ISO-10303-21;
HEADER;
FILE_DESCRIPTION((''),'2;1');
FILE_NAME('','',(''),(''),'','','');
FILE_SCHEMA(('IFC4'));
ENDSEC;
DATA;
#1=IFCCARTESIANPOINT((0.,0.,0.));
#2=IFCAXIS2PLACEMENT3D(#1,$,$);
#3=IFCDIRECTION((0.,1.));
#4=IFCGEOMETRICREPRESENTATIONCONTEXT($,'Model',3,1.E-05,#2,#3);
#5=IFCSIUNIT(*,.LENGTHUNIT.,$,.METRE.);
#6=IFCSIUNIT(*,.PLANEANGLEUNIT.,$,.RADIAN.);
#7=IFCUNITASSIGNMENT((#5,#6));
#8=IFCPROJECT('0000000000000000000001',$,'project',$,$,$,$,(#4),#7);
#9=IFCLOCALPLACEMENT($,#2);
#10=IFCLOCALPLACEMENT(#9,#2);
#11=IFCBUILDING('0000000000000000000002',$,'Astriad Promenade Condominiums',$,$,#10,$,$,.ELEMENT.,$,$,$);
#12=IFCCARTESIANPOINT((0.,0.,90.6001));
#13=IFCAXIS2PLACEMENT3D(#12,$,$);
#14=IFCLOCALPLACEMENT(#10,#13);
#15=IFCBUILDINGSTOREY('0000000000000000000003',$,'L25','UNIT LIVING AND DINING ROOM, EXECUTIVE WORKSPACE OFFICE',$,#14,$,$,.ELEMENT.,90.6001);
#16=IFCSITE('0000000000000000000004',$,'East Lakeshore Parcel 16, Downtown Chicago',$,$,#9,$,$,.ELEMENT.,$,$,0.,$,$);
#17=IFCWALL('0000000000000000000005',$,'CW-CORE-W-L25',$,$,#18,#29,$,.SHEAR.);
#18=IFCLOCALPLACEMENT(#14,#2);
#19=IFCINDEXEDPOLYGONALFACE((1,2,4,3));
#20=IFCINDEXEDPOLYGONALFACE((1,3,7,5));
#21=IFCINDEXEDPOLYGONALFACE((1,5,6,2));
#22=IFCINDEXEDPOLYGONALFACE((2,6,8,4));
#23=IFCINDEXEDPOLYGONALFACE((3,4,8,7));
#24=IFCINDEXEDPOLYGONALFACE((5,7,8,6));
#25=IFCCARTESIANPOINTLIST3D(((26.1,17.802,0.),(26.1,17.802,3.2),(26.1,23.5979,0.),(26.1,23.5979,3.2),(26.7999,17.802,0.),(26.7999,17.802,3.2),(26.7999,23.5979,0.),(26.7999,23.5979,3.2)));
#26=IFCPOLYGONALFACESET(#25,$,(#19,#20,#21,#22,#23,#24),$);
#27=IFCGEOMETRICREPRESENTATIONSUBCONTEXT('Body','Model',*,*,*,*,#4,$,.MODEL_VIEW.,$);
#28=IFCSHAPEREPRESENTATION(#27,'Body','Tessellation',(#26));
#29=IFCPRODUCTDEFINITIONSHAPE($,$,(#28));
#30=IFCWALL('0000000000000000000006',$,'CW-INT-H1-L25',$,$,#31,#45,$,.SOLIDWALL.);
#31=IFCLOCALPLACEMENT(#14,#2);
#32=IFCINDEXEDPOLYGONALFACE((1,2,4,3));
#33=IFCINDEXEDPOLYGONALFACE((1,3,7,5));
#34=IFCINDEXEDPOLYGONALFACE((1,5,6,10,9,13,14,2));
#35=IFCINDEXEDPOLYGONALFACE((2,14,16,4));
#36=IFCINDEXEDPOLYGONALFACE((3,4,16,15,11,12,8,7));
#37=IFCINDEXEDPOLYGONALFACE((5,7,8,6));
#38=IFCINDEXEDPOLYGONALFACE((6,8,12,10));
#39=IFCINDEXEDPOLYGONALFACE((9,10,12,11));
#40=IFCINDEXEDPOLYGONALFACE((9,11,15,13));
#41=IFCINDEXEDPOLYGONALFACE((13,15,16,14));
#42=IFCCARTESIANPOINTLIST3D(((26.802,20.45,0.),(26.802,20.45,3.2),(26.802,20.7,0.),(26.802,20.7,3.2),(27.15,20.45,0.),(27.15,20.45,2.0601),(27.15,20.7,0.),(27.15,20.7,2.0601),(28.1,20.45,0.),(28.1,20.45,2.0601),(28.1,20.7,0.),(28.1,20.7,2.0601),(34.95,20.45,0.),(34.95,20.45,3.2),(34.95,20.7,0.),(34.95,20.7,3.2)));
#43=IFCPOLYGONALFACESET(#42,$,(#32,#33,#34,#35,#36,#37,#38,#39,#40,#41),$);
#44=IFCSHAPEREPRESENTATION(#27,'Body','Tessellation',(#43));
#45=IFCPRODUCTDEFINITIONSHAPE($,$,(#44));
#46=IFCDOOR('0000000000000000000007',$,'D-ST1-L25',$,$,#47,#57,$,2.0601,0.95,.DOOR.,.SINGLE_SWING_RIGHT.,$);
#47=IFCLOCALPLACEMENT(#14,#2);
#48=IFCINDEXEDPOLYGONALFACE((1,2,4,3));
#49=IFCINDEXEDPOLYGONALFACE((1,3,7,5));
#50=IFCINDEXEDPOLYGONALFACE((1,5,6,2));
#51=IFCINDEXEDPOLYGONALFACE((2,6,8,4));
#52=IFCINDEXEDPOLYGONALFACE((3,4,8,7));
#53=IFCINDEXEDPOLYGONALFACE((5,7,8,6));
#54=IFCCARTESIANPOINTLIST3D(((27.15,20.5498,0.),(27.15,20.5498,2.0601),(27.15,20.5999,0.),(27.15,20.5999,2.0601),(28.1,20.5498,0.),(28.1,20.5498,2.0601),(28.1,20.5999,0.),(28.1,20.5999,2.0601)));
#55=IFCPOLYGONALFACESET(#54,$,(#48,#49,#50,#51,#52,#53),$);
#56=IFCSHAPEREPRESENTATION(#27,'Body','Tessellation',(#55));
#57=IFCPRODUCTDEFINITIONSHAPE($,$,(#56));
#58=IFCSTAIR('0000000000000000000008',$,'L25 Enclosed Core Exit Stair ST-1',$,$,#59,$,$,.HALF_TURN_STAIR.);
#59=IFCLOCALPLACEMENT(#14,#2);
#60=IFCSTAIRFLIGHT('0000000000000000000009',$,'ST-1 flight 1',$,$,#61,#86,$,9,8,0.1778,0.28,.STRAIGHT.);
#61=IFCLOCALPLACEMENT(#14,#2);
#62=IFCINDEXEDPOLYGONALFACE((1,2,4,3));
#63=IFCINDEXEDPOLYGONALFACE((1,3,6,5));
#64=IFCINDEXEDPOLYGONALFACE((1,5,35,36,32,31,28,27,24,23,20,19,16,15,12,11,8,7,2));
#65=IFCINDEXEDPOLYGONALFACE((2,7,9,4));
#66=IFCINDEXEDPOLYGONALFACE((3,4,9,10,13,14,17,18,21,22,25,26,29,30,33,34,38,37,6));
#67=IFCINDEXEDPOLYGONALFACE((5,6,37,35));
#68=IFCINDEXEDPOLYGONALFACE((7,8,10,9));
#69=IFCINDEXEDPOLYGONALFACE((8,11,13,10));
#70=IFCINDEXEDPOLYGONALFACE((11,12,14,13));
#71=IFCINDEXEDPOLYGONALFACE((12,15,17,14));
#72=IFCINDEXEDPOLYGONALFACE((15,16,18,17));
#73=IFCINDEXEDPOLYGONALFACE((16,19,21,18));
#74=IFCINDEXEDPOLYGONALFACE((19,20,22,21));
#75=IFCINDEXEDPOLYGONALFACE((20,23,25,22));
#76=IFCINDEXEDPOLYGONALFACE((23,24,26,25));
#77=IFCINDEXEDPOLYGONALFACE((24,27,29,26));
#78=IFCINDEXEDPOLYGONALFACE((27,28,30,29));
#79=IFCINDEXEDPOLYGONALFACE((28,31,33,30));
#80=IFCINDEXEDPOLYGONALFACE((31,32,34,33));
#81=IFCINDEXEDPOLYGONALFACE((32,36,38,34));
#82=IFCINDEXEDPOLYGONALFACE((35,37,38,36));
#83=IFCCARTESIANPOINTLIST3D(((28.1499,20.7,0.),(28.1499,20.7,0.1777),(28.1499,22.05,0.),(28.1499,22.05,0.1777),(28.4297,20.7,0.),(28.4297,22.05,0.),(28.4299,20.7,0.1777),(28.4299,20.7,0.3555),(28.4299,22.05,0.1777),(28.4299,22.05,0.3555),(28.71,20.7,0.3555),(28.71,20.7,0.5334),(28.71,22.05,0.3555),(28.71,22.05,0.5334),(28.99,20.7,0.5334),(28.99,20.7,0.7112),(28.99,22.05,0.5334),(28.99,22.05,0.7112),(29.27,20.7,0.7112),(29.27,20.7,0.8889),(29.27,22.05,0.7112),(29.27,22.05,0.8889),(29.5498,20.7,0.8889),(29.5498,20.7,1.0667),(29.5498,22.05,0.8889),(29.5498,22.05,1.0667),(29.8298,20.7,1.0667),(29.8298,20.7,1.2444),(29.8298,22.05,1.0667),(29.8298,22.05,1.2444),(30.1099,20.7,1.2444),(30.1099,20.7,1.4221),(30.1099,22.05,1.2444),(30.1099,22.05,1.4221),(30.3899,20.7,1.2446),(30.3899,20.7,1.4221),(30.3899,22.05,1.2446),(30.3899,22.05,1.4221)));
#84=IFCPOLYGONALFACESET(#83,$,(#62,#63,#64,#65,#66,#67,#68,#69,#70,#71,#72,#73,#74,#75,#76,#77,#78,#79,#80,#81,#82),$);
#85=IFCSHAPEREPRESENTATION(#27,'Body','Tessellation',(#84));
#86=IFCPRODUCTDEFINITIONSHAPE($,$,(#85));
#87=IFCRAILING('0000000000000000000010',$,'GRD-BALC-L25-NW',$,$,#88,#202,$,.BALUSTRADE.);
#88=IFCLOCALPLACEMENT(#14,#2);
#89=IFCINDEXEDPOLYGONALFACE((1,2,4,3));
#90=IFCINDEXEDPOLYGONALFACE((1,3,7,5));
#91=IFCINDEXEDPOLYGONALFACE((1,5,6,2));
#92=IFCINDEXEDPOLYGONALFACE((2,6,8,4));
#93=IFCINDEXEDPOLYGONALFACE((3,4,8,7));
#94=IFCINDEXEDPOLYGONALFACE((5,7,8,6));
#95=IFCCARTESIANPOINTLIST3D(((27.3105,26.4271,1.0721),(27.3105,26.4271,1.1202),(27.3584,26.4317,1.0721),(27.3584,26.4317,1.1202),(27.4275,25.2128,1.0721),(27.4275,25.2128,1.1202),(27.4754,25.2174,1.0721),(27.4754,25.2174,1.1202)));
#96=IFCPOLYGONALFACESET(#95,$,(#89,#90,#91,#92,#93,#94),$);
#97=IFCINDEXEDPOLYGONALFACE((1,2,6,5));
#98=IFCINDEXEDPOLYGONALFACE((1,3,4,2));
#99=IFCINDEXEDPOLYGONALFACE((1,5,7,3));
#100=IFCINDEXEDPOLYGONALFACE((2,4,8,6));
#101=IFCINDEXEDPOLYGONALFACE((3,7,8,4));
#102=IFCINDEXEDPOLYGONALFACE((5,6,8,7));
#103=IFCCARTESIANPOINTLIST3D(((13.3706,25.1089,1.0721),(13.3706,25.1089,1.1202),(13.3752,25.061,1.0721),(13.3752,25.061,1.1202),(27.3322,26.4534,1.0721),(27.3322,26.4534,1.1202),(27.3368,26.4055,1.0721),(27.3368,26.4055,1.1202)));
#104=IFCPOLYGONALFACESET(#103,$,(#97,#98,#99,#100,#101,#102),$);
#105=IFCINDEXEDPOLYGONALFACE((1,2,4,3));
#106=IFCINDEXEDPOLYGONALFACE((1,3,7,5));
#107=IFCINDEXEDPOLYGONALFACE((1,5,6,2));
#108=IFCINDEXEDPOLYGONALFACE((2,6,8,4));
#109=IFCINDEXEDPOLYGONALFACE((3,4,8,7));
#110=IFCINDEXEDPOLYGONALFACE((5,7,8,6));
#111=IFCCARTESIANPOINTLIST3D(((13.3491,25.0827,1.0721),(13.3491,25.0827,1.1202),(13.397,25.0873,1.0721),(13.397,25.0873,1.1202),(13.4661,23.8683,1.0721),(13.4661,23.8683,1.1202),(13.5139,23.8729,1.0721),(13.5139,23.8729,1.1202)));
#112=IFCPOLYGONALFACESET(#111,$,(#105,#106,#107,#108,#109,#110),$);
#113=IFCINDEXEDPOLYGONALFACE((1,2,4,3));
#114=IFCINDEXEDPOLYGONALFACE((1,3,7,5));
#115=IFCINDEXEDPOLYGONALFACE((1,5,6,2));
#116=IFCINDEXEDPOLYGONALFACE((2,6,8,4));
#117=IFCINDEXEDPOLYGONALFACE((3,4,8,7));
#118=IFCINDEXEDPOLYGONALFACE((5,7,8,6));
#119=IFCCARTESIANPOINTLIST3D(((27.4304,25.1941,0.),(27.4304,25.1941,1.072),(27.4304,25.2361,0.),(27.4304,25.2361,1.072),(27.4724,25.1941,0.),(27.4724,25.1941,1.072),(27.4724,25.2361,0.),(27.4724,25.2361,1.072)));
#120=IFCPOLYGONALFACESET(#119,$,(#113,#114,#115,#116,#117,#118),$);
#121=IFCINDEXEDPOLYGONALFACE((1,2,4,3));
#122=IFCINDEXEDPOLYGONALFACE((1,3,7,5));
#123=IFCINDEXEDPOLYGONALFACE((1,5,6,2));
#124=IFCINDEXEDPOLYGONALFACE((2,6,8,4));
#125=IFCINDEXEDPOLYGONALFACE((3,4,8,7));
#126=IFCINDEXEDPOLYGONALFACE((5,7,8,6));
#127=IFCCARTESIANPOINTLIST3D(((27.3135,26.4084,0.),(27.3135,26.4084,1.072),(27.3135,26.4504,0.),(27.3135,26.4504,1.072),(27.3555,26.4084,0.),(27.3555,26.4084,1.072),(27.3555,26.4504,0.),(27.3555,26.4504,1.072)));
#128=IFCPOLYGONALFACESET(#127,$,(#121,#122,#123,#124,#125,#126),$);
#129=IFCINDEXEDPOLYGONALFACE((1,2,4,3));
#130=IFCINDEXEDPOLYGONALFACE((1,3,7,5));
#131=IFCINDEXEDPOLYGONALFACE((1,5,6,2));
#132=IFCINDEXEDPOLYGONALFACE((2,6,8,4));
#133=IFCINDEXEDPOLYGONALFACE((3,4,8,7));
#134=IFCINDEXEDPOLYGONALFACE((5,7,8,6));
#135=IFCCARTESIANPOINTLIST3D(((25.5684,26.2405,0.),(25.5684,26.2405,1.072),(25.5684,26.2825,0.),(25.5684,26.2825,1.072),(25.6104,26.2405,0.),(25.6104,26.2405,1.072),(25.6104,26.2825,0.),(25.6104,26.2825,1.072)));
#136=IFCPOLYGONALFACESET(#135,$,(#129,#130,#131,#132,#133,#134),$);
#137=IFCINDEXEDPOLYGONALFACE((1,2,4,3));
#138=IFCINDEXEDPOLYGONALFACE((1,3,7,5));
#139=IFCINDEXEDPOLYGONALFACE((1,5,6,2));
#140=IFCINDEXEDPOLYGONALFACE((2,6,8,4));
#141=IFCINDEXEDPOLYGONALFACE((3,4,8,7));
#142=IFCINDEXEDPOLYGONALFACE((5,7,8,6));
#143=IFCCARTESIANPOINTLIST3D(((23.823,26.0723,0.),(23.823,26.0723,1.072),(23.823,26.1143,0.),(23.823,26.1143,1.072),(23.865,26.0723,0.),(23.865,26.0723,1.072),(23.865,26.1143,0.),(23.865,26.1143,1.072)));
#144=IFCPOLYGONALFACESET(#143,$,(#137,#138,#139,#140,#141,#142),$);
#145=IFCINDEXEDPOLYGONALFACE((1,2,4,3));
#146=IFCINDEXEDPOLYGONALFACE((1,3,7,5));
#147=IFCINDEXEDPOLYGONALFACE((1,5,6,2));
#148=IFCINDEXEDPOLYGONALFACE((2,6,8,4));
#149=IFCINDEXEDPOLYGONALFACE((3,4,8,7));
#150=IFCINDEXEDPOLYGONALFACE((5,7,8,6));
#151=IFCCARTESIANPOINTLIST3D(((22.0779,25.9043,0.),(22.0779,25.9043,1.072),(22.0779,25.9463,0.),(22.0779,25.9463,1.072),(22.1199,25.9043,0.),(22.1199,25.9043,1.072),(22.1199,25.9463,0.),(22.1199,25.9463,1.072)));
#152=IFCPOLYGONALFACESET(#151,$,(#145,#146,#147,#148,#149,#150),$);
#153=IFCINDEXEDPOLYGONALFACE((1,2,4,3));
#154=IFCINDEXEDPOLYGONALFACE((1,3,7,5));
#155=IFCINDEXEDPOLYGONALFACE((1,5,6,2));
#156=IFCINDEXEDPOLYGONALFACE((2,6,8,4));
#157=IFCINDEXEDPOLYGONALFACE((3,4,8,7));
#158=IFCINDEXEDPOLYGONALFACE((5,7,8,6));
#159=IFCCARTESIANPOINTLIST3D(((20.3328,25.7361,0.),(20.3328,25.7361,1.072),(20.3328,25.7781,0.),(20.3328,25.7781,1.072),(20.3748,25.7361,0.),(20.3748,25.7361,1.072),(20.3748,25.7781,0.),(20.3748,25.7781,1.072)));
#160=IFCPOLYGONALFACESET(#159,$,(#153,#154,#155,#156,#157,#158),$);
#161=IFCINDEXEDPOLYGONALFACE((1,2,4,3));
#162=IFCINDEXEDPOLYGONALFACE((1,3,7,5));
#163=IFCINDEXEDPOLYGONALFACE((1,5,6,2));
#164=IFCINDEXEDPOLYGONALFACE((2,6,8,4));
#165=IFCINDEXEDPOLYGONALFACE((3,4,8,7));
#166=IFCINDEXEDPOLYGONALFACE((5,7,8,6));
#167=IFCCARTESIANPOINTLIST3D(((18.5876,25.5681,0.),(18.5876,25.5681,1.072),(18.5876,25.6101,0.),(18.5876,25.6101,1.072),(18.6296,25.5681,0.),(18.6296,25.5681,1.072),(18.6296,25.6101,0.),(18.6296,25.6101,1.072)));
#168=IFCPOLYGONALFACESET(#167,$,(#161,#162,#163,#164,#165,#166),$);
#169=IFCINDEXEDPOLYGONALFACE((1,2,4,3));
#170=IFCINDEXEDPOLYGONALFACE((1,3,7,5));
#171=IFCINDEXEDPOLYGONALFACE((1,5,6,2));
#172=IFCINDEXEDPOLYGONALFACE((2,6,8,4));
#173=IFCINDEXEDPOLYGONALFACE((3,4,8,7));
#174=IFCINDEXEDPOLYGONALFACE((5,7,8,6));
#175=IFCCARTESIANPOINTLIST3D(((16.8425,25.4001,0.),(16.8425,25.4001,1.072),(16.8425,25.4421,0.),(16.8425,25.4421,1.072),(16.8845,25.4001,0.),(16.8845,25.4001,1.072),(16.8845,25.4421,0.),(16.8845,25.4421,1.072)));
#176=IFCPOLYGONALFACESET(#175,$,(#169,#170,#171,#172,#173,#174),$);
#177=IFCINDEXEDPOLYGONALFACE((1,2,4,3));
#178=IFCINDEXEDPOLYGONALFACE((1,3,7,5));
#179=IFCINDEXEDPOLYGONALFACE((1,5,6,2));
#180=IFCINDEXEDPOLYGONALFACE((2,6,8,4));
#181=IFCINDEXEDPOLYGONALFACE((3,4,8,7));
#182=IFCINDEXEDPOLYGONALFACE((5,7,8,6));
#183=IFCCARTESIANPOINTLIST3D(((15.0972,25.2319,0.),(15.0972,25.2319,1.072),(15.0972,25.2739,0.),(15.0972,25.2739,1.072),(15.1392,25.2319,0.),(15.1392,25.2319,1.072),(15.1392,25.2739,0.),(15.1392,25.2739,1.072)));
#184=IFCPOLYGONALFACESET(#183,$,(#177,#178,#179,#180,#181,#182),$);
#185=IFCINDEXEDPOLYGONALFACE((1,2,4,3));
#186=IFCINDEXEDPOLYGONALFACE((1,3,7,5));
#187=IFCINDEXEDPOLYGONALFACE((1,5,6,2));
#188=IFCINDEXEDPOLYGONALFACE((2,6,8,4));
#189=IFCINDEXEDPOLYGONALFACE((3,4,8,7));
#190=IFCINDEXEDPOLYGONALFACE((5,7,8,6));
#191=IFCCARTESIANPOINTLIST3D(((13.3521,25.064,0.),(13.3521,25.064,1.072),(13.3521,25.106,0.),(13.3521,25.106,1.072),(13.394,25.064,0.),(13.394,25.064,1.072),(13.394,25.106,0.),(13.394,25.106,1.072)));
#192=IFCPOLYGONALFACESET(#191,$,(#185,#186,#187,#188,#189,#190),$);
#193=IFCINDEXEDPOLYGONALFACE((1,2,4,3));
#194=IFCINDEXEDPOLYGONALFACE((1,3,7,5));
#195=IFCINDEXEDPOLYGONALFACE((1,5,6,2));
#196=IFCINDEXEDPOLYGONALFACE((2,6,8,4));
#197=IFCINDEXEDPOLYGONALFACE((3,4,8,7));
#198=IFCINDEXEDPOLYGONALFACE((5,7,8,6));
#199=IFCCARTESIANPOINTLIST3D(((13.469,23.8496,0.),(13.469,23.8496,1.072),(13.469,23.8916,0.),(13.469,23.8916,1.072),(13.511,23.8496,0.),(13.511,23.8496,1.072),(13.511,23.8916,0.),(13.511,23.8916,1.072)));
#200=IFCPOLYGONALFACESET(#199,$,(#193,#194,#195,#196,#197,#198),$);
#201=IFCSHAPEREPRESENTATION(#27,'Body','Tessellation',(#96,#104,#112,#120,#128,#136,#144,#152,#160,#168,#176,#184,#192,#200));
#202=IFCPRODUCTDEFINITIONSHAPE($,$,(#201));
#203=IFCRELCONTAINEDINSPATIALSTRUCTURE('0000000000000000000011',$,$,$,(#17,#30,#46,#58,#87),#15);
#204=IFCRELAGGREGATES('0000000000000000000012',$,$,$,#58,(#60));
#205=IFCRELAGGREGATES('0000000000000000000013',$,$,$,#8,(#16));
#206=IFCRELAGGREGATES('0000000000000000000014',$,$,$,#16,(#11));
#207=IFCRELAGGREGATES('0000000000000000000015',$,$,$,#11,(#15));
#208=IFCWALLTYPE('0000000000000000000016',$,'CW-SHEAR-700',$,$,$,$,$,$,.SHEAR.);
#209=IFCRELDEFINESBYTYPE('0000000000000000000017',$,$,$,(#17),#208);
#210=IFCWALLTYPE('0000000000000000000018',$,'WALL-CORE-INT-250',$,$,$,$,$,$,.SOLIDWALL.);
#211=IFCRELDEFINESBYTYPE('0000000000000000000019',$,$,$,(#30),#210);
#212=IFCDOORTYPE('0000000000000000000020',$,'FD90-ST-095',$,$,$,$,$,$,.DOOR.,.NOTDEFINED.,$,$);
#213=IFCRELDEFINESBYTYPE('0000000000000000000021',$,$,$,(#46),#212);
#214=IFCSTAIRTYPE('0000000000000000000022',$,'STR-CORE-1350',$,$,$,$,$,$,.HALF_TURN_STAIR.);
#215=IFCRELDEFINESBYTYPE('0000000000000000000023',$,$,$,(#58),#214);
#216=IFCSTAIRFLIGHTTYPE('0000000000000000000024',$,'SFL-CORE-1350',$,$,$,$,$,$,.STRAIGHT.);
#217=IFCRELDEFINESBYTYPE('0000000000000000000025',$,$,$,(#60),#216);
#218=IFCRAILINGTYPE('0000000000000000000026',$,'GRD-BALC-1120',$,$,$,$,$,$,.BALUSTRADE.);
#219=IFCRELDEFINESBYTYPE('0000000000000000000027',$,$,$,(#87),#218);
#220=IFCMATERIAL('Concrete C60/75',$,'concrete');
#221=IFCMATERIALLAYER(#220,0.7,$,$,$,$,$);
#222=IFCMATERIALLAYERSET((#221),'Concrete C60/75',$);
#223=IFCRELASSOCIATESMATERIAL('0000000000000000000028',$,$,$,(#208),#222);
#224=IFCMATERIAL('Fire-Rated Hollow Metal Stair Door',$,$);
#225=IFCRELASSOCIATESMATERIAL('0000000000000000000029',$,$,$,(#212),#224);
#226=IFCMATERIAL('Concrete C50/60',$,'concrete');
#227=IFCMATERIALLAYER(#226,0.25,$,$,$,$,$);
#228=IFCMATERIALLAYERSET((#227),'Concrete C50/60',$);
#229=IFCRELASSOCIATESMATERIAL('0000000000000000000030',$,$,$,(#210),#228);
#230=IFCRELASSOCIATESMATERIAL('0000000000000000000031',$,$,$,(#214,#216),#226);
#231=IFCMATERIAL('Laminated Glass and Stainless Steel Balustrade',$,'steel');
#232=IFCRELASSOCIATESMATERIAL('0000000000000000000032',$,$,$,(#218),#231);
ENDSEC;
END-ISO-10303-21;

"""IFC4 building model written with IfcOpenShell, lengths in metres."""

from ifc_helpers import new_model, si_unit, direction, frame, frame_2d, origin, origin_2d, place, context, subcontext, project, spatial, polyline, rectangle, outline, extrude, source, transform, mapped, material, layer, layer_set, type_object, type_shapes, element, fill, aggregate, save


model = new_model("IFC4")

# Units and contexts
model_context = context("Model", 3, precision=1e-05, world=origin(), true_north=direction((0.0, 1.0)))
body_context = subcontext(model_context, "Body", "Model", "MODEL_VIEW")
ifc_project = project(units=[si_unit("LENGTHUNIT", "METRE"), si_unit("PLANEANGLEUNIT", "RADIAN")], contexts=[model_context])

# Site, building, storey
site_placement = place(None, origin())
site = spatial("IfcSite", under=ifc_project, at=site_placement, Name="East Lakeshore Parcel 16, Downtown Chicago", CompositionType="ELEMENT", RefElevation=0.0)
building_placement = place(site_placement, origin())
building = spatial("IfcBuilding", under=site, at=building_placement, Name="Astriad Promenade Condominiums", CompositionType="ELEMENT")
storey_placement = place(building_placement, frame((0.0, 0.0, 90.6001)))
storey = spatial("IfcBuildingStorey", under=building, at=storey_placement, Name="L25", Description="UNIT LIVING AND DINING ROOM, EXECUTIVE WORKSPACE OFFICE", CompositionType="ELEMENT", Elevation=90.6001)

# Shared definitions
ifc_material_1 = material(Name="Concrete C60/75", Category="concrete")

# Shared definitions
ifc_layer_1 = layer(ifc_material_1, 0.7)
ifc_layer_set_1 = layer_set([ifc_layer_1], Name="Concrete C60/75")
wall_type_1 = type_object("IfcWallType", Name="CW-SHEAR-700", PredefinedType="SHEAR", material=ifc_layer_set_1)
ifc_material_2 = material(Name="Fire-Rated Hollow Metal Stair Door")
door_type_1 = type_object("IfcDoorType", Name="FD90-ST-095", OperationType="NOTDEFINED", PredefinedType="DOOR", material=ifc_material_2)
shared_shape_1 = source(origin(), body_context, "Body", "SweptSolid", [
    extrude(rectangle(XDim=0.95, YDim=2.0601, at=frame_2d((0.4751, 1.03))), frame((0.0, 0.0249, 0.0), z_axis=(0.0, -1.0, 0.0), x_axis=(1.0, 0.0, 0.0)), (0.0, 0.0, 1.0), 0.05),
])
type_shapes(door_type_1, [shared_shape_1])

# Wall
wall_1_placement = place(storey_placement, frame((26.45, 17.802, 0.0), z_axis=(0.0, 0.0, 1.0), x_axis=(0.0, 1.0, 0.0)))
element("IfcWall", 1, at=wall_1_placement, inside=storey, type_object=wall_type_1, Name="CW-CORE-W-L25", PredefinedType="SHEAR", context=body_context, shape_type="SweptSolid", body=[
    extrude(rectangle(XDim=5.7959, YDim=0.7, at=frame_2d((2.8979, 0.0))), origin(), (0.0, 0.0, 1.0), 3.2),
])

# Wall, opening, door
ifc_material_3 = material(Name="Concrete C50/60", Category="concrete")
ifc_layer_2 = layer(ifc_material_3, 0.25)
ifc_layer_set_2 = layer_set([ifc_layer_2], Name="Concrete C50/60")
wall_type_2 = type_object("IfcWallType", Name="WALL-CORE-INT-250", PredefinedType="SOLIDWALL", material=ifc_layer_set_2)
wall_2_placement = place(storey_placement, frame((26.802, 20.575, 0.0), z_axis=(0.0, 0.0, 1.0), x_axis=(1.0, 0.0, 0.0)))
wall_2 = element("IfcWall", 2, at=wall_2_placement, inside=storey, type_object=wall_type_2, Name="CW-INT-H1-L25", PredefinedType="SOLIDWALL", context=body_context, shape_type="SweptSolid", body=[
    extrude(rectangle(XDim=8.1479, YDim=0.25, at=frame_2d((4.074, 0.0))), origin(), (0.0, 0.0, 1.0), 3.2),
])
opening_1_placement = place(wall_2_placement, frame((0.3479, 0.0, 0.0)))
opening_1 = element("IfcOpeningElement", 3, at=opening_1_placement, cuts=wall_2, PredefinedType="OPENING", context=body_context, shape_type="SweptSolid", body=[
    extrude(rectangle(XDim=0.95, YDim=2.0601, at=frame_2d((0.4751, 1.03))), frame((0.0, 0.135, 0.0), z_axis=(0.0, -1.0, 0.0), x_axis=(1.0, 0.0, 0.0)), (0.0, 0.0, 1.0), 0.27),
])
door_1_placement = place(opening_1_placement, origin())
door_1 = element("IfcDoor", 4, at=door_1_placement, inside=storey, type_object=door_type_1, Name="D-ST1-L25", OperationType="SINGLE_SWING_RIGHT", OverallHeight=2.0601, OverallWidth=0.95, PredefinedType="DOOR", context=body_context, shape_type="MappedRepresentation", body=[
    mapped(shared_shape_1, transform((0.0, 0.0, 0.0), scale=1.0)),
])
fill(opening_1, door_1)

# Stair, stair flight
stair_type = type_object("IfcStairType", Name="STR-CORE-1350", PredefinedType="HALF_TURN_STAIR", material=ifc_material_3)
stair_placement = place(storey_placement, origin())
stair = element("IfcStair", 5, at=stair_placement, inside=storey, type_object=stair_type, Name="L25 Enclosed Core Exit Stair ST-1", PredefinedType="HALF_TURN_STAIR")
stair_flight_type = type_object("IfcStairFlightType", Name="SFL-CORE-1350", PredefinedType="STRAIGHT", material=ifc_material_3)
shared_shape_2 = source(origin(), body_context, "Body", "SweptSolid", [
    extrude(outline(polyline([(0.0, 0.0), (0.0, 0.1777), (0.28, 0.1777), (0.28, 0.3555), (0.5601, 0.3555), (0.5601, 0.5334), (0.8401, 0.5334), (0.8401, 0.7112), (1.1201, 0.7112), (1.1201, 0.8889), (1.3999, 0.8889), (1.3999, 1.0667), (1.6799, 1.0667), (1.6799, 1.2444), (1.96, 1.2444), (1.96, 1.4221), (2.24, 1.4221), (2.24, 1.6001), (2.24, 1.2446), (0.2798, 0.0), (0.0, 0.0)])), frame((0.0, 0.675, 0.0), z_axis=(0.0, -1.0, 0.0), x_axis=(1.0, 0.0, 0.0)), (0.0, 0.0, 1.0), 1.3501),
])
type_shapes(stair_flight_type, [shared_shape_2])
stair_flight_placement = place(storey_placement, frame((28.1499, 21.375, 0.0), z_axis=(0.0, 0.0, 1.0), x_axis=(1.0, 0.0, 0.0)))
stair_flight = element("IfcStairFlight", 6, at=stair_flight_placement, type_object=stair_flight_type, Name="ST-1 flight 1", NumberOfRisers=9, NumberOfTreads=8, PredefinedType="STRAIGHT", RiserHeight=0.1778, TreadLength=0.28, context=body_context, shape_type="MappedRepresentation", body=[
    mapped(shared_shape_2, transform((0.0, 0.0, 0.0), scale=1.0)),
])
aggregate(stair, [stair_flight])

# Railing
ifc_material_4 = material(Name="Laminated Glass and Stainless Steel Balustrade", Category="steel")
railing_type_1 = type_object("IfcRailingType", Name="GRD-BALC-1120", PredefinedType="BALUSTRADE", material=ifc_material_4)
shared_shape_3 = source(origin(), body_context, "Body", "SweptSolid", [
    extrude(rectangle(XDim=0.0481, YDim=0.0481, at=origin_2d()), frame((0.0, 0.0, 1.0962), z_axis=(-0.095857, 0.995395, 0.0), x_axis=(-0.995395, -0.095857, 0.0)), (0.0, 0.0, 1.0), 1.22),
    extrude(rectangle(XDim=0.0481, YDim=0.0481, at=origin_2d()), frame((-0.1169, 1.2144, 1.0962), z_axis=(-0.995395, -0.095856, 0.0), x_axis=(0.095856, -0.995395, 0.0)), (0.0, 0.0, 1.0), 14.0261),
    extrude(rectangle(XDim=0.0481, YDim=0.0481, at=origin_2d()), frame((-14.0784, -0.1301, 1.0962), z_axis=(0.095857, -0.995395, 0.0), x_axis=(0.995395, 0.095857, 0.0)), (0.0, 0.0, 1.0), 1.22),
    extrude(rectangle(XDim=0.042, YDim=0.042, at=origin_2d()), origin(), (0.0, 0.0, 1.0), 1.072),
    extrude(rectangle(XDim=0.042, YDim=0.042, at=origin_2d()), frame((-0.1169, 1.2144, 0.0)), (0.0, 0.0, 1.0), 1.072),
    extrude(rectangle(XDim=0.042, YDim=0.042, at=origin_2d()), frame((-1.8621, 1.0464, 0.0)), (0.0, 0.0, 1.0), 1.072),
    extrude(rectangle(XDim=0.042, YDim=0.042, at=origin_2d()), frame((-3.6074, 0.8782, 0.0)), (0.0, 0.0, 1.0), 1.072),
    extrude(rectangle(XDim=0.042, YDim=0.042, at=origin_2d()), frame((-5.3525, 0.7102, 0.0)), (0.0, 0.0, 1.0), 1.072),
    extrude(rectangle(XDim=0.042, YDim=0.042, at=origin_2d()), frame((-7.0977, 0.542, 0.0)), (0.0, 0.0, 1.0), 1.072),
    extrude(rectangle(XDim=0.042, YDim=0.042, at=origin_2d()), frame((-8.8428, 0.374, 0.0)), (0.0, 0.0, 1.0), 1.072),
    extrude(rectangle(XDim=0.042, YDim=0.042, at=origin_2d()), frame((-10.5879, 0.2061, 0.0)), (0.0, 0.0, 1.0), 1.072),
    extrude(rectangle(XDim=0.042, YDim=0.042, at=origin_2d()), frame((-12.3333, 0.0378, 0.0)), (0.0, 0.0, 1.0), 1.072),
    extrude(rectangle(XDim=0.042, YDim=0.042, at=origin_2d()), frame((-14.0784, -0.1301, 0.0)), (0.0, 0.0, 1.0), 1.072),
    extrude(rectangle(XDim=0.042, YDim=0.042, at=origin_2d()), frame((-13.9614, -1.3445, 0.0)), (0.0, 0.0, 1.0), 1.072),
])
type_shapes(railing_type_1, [shared_shape_3])
railing_1_placement = place(storey_placement, frame((27.4514, 25.2151, 0.0)))
element("IfcRailing", 7, at=railing_1_placement, inside=storey, type_object=railing_type_1, Name="GRD-BALC-L25-NW", PredefinedType="BALUSTRADE", context=body_context, shape_type="MappedRepresentation", body=[
    mapped(shared_shape_3, transform((0.0, 0.0, 0.0), scale=1.0)),
])

save(model, "model.ifc")
